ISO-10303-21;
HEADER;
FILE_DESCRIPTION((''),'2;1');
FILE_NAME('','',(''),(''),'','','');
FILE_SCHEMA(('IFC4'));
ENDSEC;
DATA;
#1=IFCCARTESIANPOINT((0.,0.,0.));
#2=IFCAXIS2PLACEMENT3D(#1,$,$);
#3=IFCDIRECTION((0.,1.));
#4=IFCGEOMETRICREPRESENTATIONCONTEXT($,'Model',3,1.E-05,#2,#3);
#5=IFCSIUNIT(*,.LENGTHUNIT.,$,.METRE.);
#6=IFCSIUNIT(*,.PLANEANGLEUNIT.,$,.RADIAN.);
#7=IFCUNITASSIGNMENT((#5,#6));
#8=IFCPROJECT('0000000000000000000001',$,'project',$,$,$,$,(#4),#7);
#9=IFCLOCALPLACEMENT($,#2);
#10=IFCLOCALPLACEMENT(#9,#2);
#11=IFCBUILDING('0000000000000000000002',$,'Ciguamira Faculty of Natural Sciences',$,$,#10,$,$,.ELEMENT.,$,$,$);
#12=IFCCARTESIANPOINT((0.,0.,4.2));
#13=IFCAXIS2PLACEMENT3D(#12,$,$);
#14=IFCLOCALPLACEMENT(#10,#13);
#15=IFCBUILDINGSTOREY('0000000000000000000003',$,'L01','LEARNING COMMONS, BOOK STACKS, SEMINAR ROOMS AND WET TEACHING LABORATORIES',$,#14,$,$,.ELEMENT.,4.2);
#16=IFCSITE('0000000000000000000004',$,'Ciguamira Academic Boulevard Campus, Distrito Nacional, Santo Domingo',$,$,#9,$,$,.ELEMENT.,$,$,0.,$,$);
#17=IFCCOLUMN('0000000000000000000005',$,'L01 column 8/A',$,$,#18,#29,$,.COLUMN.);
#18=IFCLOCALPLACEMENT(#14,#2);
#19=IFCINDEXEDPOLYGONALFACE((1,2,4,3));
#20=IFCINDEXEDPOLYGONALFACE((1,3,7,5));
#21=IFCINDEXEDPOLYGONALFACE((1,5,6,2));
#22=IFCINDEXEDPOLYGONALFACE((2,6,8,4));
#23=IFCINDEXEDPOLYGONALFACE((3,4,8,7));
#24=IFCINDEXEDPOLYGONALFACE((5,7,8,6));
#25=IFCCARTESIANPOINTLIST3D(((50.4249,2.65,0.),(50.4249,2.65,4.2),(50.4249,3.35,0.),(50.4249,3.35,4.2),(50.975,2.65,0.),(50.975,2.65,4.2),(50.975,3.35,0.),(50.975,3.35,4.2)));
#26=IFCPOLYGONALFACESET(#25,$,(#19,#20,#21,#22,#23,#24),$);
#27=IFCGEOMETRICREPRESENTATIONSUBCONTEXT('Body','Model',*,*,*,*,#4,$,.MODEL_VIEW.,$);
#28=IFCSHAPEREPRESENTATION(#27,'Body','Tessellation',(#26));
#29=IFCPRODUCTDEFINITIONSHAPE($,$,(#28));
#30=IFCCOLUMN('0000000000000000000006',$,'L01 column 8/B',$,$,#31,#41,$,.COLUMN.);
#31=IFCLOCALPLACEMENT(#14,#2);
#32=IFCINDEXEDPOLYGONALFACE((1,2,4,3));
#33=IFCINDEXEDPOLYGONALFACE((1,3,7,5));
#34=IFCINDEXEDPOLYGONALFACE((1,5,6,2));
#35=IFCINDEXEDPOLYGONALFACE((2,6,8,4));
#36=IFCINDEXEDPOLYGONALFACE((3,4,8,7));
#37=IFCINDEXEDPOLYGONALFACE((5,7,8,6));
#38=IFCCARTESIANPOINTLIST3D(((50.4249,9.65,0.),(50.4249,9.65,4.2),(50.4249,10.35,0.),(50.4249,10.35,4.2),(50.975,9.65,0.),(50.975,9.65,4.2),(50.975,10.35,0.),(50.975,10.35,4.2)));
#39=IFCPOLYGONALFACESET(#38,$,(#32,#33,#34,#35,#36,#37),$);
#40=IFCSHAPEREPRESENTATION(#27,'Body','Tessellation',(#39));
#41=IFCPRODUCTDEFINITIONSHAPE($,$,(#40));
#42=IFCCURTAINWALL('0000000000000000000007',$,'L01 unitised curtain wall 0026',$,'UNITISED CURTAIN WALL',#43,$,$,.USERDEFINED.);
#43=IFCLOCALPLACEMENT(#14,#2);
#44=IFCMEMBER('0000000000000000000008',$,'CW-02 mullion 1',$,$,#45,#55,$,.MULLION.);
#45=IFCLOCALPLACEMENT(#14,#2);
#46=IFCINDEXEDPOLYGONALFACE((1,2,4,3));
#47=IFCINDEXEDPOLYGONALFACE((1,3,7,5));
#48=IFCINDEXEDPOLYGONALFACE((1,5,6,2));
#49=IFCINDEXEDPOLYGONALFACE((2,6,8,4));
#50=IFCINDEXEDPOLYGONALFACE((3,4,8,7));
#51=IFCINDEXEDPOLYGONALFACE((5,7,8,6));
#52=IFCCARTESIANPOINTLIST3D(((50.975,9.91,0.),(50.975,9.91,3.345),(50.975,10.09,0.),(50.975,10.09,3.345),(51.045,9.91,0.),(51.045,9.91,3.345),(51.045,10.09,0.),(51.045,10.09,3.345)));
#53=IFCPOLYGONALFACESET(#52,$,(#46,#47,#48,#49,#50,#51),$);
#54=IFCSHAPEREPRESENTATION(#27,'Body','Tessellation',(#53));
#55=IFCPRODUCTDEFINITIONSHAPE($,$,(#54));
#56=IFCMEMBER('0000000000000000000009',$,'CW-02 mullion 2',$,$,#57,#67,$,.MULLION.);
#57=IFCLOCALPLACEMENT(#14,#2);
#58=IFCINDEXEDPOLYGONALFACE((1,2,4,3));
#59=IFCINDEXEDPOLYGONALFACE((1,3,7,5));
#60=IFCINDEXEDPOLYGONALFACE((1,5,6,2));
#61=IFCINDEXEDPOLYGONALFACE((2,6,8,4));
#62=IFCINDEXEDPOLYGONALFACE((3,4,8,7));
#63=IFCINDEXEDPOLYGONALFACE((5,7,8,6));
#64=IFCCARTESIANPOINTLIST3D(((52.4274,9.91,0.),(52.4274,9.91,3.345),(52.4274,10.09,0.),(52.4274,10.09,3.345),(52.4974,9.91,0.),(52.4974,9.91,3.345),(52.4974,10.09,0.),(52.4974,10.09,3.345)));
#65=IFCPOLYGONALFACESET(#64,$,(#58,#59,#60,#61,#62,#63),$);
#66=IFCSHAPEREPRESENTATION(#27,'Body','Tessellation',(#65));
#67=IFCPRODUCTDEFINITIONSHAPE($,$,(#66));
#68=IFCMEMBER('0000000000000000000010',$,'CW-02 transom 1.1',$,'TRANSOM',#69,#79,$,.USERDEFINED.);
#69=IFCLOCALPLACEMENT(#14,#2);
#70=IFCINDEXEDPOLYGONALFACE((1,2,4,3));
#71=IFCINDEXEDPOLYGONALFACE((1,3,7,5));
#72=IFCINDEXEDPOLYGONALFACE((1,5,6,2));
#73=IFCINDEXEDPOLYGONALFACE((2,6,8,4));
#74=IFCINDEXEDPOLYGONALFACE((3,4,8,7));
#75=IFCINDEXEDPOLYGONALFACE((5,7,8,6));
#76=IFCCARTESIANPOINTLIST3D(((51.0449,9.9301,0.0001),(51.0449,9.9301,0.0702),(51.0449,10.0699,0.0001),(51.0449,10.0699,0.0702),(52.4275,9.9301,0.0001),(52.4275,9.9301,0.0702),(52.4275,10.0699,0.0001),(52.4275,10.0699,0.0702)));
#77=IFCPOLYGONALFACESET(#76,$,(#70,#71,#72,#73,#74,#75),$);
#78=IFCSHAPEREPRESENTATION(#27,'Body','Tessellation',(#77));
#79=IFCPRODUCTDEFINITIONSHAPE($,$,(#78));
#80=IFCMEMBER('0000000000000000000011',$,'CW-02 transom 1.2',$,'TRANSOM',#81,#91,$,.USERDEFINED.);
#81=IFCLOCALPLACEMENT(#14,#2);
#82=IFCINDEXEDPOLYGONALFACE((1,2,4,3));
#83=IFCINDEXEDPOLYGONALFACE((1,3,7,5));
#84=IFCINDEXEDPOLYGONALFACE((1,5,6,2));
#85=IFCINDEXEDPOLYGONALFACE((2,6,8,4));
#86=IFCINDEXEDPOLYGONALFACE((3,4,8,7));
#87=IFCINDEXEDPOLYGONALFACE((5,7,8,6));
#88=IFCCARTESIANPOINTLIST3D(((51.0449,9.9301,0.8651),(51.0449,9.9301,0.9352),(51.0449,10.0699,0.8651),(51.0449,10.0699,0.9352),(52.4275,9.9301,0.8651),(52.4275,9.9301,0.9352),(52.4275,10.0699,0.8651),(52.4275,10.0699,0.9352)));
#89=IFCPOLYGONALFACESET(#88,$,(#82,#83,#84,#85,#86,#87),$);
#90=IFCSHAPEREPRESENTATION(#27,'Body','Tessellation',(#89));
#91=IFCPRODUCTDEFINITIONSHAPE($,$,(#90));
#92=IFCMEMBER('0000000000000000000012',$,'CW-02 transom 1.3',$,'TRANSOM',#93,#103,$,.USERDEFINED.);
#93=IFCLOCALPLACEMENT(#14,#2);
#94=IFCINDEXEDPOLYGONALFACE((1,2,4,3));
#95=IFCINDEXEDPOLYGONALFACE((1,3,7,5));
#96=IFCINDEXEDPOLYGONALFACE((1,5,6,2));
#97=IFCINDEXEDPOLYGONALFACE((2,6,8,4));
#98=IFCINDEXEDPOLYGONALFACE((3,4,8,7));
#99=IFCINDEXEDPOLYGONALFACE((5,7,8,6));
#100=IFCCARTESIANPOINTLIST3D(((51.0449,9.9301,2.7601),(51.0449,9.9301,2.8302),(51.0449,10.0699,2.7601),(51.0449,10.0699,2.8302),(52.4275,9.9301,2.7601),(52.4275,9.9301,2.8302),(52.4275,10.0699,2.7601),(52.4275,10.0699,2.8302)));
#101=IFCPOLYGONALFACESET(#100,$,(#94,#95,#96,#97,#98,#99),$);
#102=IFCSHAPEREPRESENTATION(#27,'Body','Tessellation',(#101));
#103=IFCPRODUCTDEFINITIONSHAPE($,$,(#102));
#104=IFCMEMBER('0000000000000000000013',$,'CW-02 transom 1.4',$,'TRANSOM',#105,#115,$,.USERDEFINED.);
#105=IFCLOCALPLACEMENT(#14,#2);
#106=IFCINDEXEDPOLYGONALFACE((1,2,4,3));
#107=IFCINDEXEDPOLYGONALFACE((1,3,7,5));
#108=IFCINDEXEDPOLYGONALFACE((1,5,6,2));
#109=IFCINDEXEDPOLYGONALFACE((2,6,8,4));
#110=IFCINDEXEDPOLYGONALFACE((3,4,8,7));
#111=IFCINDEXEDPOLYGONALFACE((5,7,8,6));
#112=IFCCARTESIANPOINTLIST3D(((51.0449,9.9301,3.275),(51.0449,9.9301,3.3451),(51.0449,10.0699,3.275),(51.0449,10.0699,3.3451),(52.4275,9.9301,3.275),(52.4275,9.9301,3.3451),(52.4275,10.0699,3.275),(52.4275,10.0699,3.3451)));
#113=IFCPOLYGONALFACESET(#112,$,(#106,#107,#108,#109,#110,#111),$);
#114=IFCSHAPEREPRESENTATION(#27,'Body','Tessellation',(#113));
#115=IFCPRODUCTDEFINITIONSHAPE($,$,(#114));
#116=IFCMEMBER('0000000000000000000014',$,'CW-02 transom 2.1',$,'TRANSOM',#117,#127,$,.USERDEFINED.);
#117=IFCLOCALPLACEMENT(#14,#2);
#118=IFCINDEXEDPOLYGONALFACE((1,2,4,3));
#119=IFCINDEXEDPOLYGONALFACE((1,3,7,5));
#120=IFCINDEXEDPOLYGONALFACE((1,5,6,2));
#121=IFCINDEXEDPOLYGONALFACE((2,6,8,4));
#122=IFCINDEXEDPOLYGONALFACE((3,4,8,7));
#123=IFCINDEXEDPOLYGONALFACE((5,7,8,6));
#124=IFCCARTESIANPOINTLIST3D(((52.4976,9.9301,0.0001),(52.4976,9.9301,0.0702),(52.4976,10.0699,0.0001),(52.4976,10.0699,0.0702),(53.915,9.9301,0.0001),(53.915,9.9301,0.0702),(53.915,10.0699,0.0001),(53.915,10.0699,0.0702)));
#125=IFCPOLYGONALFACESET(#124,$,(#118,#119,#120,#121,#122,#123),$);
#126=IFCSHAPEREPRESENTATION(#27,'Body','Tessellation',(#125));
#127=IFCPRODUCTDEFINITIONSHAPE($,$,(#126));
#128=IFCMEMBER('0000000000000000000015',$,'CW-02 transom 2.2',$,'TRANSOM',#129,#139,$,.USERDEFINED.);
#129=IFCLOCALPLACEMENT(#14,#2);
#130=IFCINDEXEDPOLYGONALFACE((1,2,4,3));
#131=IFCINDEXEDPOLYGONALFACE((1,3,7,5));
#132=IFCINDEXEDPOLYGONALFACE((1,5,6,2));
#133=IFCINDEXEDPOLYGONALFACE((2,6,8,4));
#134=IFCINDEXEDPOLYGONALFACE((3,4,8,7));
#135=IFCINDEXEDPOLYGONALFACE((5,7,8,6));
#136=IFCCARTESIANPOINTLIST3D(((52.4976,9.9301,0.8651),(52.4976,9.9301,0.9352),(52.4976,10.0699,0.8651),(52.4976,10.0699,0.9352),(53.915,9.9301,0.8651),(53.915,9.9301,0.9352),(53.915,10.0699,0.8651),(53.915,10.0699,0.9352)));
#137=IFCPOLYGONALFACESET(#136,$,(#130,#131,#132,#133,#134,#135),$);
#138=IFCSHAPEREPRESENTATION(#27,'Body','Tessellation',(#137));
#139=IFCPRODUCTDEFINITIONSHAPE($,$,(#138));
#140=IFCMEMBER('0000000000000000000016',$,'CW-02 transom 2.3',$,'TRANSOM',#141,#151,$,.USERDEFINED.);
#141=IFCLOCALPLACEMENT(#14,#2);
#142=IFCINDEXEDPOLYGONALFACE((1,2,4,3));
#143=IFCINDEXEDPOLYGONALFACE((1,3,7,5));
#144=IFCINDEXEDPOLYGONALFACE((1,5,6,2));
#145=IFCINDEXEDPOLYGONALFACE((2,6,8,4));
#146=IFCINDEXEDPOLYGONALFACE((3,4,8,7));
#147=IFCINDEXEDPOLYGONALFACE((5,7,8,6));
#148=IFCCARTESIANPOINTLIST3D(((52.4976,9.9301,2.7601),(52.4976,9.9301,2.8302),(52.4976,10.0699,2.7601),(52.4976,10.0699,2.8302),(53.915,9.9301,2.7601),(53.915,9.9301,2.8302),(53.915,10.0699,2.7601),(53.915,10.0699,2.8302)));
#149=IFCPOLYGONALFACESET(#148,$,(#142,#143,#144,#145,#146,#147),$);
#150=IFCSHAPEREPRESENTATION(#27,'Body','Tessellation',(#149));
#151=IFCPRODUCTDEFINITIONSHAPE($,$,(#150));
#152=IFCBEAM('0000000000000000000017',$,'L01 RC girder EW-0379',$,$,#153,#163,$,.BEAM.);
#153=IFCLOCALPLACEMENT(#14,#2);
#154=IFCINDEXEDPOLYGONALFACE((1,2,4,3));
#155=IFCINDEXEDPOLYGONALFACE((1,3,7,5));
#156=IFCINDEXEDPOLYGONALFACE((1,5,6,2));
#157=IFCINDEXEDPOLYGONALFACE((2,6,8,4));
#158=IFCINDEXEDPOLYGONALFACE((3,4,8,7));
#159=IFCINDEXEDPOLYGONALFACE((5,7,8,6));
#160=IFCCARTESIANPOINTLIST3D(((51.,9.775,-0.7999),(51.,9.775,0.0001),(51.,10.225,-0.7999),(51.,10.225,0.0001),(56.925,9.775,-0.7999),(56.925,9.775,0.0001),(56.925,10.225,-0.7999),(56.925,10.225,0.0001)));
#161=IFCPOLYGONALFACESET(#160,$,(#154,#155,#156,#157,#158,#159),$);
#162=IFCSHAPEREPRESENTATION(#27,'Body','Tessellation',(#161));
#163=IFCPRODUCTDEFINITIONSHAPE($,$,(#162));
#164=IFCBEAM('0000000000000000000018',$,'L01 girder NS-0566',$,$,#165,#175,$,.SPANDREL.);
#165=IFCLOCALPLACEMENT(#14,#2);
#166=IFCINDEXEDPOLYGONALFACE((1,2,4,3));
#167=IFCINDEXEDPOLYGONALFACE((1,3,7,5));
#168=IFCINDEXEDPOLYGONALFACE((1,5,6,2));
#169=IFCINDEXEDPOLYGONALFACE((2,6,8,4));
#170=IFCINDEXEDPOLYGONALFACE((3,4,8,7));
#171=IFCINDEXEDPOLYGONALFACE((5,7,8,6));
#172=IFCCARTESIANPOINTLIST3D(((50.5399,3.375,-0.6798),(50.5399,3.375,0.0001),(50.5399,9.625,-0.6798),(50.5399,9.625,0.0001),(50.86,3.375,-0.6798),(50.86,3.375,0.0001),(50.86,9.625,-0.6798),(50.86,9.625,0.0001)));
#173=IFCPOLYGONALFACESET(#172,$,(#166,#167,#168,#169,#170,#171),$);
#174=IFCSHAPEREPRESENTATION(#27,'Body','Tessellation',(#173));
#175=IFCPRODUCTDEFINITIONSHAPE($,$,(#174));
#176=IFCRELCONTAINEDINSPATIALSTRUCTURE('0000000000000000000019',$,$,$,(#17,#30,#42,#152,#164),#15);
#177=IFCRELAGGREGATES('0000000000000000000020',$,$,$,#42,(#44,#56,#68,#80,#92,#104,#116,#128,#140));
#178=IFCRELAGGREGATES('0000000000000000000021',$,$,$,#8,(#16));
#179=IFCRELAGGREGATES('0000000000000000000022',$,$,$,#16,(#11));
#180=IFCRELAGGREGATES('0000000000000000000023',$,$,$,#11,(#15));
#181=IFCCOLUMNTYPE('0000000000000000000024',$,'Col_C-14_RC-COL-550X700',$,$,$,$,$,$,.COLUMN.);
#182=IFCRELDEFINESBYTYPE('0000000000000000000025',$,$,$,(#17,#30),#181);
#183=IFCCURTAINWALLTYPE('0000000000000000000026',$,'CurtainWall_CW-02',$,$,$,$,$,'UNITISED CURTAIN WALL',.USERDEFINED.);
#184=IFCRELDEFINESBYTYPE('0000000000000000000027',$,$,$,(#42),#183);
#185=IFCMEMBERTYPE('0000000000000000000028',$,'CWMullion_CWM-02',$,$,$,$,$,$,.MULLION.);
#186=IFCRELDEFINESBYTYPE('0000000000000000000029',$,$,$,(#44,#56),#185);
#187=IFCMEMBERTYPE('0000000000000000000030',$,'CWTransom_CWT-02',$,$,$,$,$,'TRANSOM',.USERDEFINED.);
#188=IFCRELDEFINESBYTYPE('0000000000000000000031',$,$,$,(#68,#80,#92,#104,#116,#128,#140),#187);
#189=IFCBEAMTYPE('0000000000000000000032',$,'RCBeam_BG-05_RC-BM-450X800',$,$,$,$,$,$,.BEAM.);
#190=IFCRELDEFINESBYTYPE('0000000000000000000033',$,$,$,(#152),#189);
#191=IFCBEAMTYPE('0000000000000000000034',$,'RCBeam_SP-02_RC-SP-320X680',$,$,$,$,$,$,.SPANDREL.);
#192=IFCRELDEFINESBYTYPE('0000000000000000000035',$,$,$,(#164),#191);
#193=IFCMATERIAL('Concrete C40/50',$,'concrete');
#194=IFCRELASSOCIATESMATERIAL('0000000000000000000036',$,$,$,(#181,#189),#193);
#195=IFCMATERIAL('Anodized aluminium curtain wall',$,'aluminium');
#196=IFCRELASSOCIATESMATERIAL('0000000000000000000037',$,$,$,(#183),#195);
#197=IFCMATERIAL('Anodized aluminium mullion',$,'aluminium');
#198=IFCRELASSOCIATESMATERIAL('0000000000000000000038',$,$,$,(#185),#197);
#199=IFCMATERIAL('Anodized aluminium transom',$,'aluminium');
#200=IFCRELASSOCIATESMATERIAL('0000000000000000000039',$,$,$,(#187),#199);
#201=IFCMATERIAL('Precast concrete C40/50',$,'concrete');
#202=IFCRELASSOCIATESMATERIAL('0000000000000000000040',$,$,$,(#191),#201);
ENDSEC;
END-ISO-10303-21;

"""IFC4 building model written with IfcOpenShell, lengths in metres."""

from ifc_helpers import new_model, si_unit, direction, frame, origin, origin_2d, place, context, subcontext, project, spatial, rectangle, extrude, material, material_profile, profile_set, type_object, element, aggregate, save


model = new_model("IFC4")

# Units and contexts
model_context = context("Model", 3, precision=1e-05, world=origin(), true_north=direction((0.0, 1.0)))
body_context = subcontext(model_context, "Body", "Model", "MODEL_VIEW")
ifc_project = project(units=[si_unit("LENGTHUNIT", "METRE"), si_unit("PLANEANGLEUNIT", "RADIAN")], contexts=[model_context])

# Site, building, storey
site_placement = place(None, origin())
site = spatial("IfcSite", under=ifc_project, at=site_placement, Name="Ciguamira Academic Boulevard Campus, Distrito Nacional, Santo Domingo", CompositionType="ELEMENT", RefElevation=0.0)
building_placement = place(site_placement, origin())
building = spatial("IfcBuilding", under=site, at=building_placement, Name="Ciguamira Faculty of Natural Sciences", CompositionType="ELEMENT")
storey_placement = place(building_placement, frame((0.0, 0.0, 4.2)))
storey = spatial("IfcBuildingStorey", under=building, at=storey_placement, Name="L01", Description="LEARNING COMMONS, BOOK STACKS, SEMINAR ROOMS AND WET TEACHING LABORATORIES", CompositionType="ELEMENT", Elevation=4.2)

# Columns
ifc_material_1 = material(Name="Concrete C40/50", Category="concrete")
ifc_material_profile_1 = material_profile(ifc_material_1, rectangle(XDim=0.55, YDim=0.7, at=origin_2d()), Name="RC-COL-550X700")
ifc_profile_set_1 = profile_set([ifc_material_profile_1], Name="Concrete C40/50")
column_type = type_object("IfcColumnType", Name="Col_C-14_RC-COL-550X700", PredefinedType="COLUMN", material=ifc_profile_set_1)
for number, where, z_axis, x_axis, name in (
    (1, (50.7, 3.0, 0.0), (0.0, 0.0, 1.0), (1.0, 0.0, 0.0), "L01 column 8/A"),
    (2, (50.7, 10.0, 0.0), (0.0, 0.0, 1.0), (1.0, 0.0, 0.0), "L01 column 8/B"),
):
    element("IfcColumn", number, at=place(storey_placement, frame(where, z_axis=z_axis, x_axis=x_axis)), inside=storey, type_object=column_type, Name=name, PredefinedType="COLUMN", context=body_context, shape_type="SweptSolid", body=[
        extrude(rectangle(XDim=0.55, YDim=0.7, at=origin_2d()), origin(), (0.0, 0.0, 1.0), 4.2),
    ])

# Curtain wall, members
ifc_material_2 = material(Name="Anodized aluminium curtain wall", Category="aluminium")
curtain_wall_type = type_object("IfcCurtainWallType", Name="CurtainWall_CW-02", ElementType="UNITISED CURTAIN WALL", PredefinedType="USERDEFINED", material=ifc_material_2)
curtain_wall_placement = place(storey_placement, origin())
curtain_wall = element("IfcCurtainWall", 3, at=curtain_wall_placement, inside=storey, type_object=curtain_wall_type, Name="L01 unitised curtain wall 0026", ObjectType="UNITISED CURTAIN WALL", PredefinedType="USERDEFINED")
ifc_material_3 = material(Name="Anodized aluminium mullion", Category="aluminium")
ifc_material_profile_2 = material_profile(ifc_material_3, rectangle(XDim=0.0701, YDim=0.1799, at=origin_2d()), Name="ALU-MUL-70X180")
ifc_profile_set_2 = profile_set([ifc_material_profile_2], Name="Anodized aluminium mullion")
member_type_1 = type_object("IfcMemberType", Name="CWMullion_CWM-02", PredefinedType="MULLION", material=ifc_profile_set_2)
member_1_placement = place(storey_placement, frame((51.01, 10.0, 0.0), z_axis=(0.0, 0.0, 1.0), x_axis=(1.0, 0.0, 0.0)))
member_1 = element("IfcMember", 4, at=member_1_placement, type_object=member_type_1, Name="CW-02 mullion 1", PredefinedType="MULLION", context=body_context, shape_type="SweptSolid", body=[
    extrude(rectangle(XDim=0.0701, YDim=0.1799, at=origin_2d()), origin(), (0.0, 0.0, 1.0), 3.345),
])
member_2_placement = place(storey_placement, frame((52.4624, 10.0, 0.0), z_axis=(0.0, 0.0, 1.0), x_axis=(1.0, 0.0, 0.0)))
member_2 = element("IfcMember", 5, at=member_2_placement, type_object=member_type_1, Name="CW-02 mullion 2", PredefinedType="MULLION", context=body_context, shape_type="SweptSolid", body=[
    extrude(rectangle(XDim=0.0701, YDim=0.1799, at=origin_2d()), origin(), (0.0, 0.0, 1.0), 3.345),
])
ifc_material_4 = material(Name="Anodized aluminium transom", Category="aluminium")
ifc_material_profile_3 = material_profile(ifc_material_4, rectangle(XDim=0.0701, YDim=0.1399, at=origin_2d()), Name="ALU-TRN-70X140")
ifc_profile_set_3 = profile_set([ifc_material_profile_3], Name="Anodized aluminium transom")
member_type_2 = type_object("IfcMemberType", Name="CWTransom_CWT-02", ElementType="TRANSOM", PredefinedType="USERDEFINED", material=ifc_profile_set_3)
member_3_placement = place(storey_placement, frame((51.0449, 10.0, 0.0352), z_axis=(1.0, 0.0, 0.0), x_axis=(0.0, 0.0, 1.0)))
member_3 = element("IfcMember", 6, at=member_3_placement, type_object=member_type_2, Name="CW-02 transom 1.1", ObjectType="TRANSOM", PredefinedType="USERDEFINED", context=body_context, shape_type="SweptSolid", body=[
    extrude(rectangle(XDim=0.0701, YDim=0.1399, at=origin_2d()), origin(), (0.0, 0.0, 1.0), 1.3826),
])
member_4_placement = place(storey_placement, frame((51.0449, 10.0, 0.9001), z_axis=(1.0, 0.0, 0.0), x_axis=(0.0, 0.0, 1.0)))
member_4 = element("IfcMember", 7, at=member_4_placement, type_object=member_type_2, Name="CW-02 transom 1.2", ObjectType="TRANSOM", PredefinedType="USERDEFINED", context=body_context, shape_type="SweptSolid", body=[
    extrude(rectangle(XDim=0.0701, YDim=0.1399, at=origin_2d()), origin(), (0.0, 0.0, 1.0), 1.3826),
])
member_5_placement = place(storey_placement, frame((51.0449, 10.0, 2.7952), z_axis=(1.0, 0.0, 0.0), x_axis=(0.0, 0.0, 1.0)))
member_5 = element("IfcMember", 8, at=member_5_placement, type_object=member_type_2, Name="CW-02 transom 1.3", ObjectType="TRANSOM", PredefinedType="USERDEFINED", context=body_context, shape_type="SweptSolid", body=[
    extrude(rectangle(XDim=0.0701, YDim=0.1399, at=origin_2d()), origin(), (0.0, 0.0, 1.0), 1.3826),
])
member_6_placement = place(storey_placement, frame((51.0449, 10.0, 3.3101), z_axis=(1.0, 0.0, 0.0), x_axis=(0.0, 0.0, 1.0)))
member_6 = element("IfcMember", 9, at=member_6_placement, type_object=member_type_2, Name="CW-02 transom 1.4", ObjectType="TRANSOM", PredefinedType="USERDEFINED", context=body_context, shape_type="SweptSolid", body=[
    extrude(rectangle(XDim=0.0701, YDim=0.1399, at=origin_2d()), origin(), (0.0, 0.0, 1.0), 1.3826),
])
member_7_placement = place(storey_placement, frame((52.4976, 10.0, 0.0352), z_axis=(1.0, 0.0, 0.0), x_axis=(0.0, 0.0, 1.0)))
member_7 = element("IfcMember", 10, at=member_7_placement, type_object=member_type_2, Name="CW-02 transom 2.1", ObjectType="TRANSOM", PredefinedType="USERDEFINED", context=body_context, shape_type="SweptSolid", body=[
    extrude(rectangle(XDim=0.0701, YDim=0.1399, at=origin_2d()), origin(), (0.0, 0.0, 1.0), 1.4175),
])
member_8_placement = place(storey_placement, frame((52.4976, 10.0, 0.9001), z_axis=(1.0, 0.0, 0.0), x_axis=(0.0, 0.0, 1.0)))
member_8 = element("IfcMember", 11, at=member_8_placement, type_object=member_type_2, Name="CW-02 transom 2.2", ObjectType="TRANSOM", PredefinedType="USERDEFINED", context=body_context, shape_type="SweptSolid", body=[
    extrude(rectangle(XDim=0.0701, YDim=0.1399, at=origin_2d()), origin(), (0.0, 0.0, 1.0), 1.4175),
])
member_9_placement = place(storey_placement, frame((52.4976, 10.0, 2.7952), z_axis=(1.0, 0.0, 0.0), x_axis=(0.0, 0.0, 1.0)))
member_9 = element("IfcMember", 12, at=member_9_placement, type_object=member_type_2, Name="CW-02 transom 2.3", ObjectType="TRANSOM", PredefinedType="USERDEFINED", context=body_context, shape_type="SweptSolid", body=[
    extrude(rectangle(XDim=0.0701, YDim=0.1399, at=origin_2d()), origin(), (0.0, 0.0, 1.0), 1.4175),
])

# Beams
ifc_material_profile_4 = material_profile(ifc_material_1, rectangle(XDim=0.45, YDim=0.8, at=origin_2d()), Name="RC-BM-450X800")
ifc_profile_set_4 = profile_set([ifc_material_profile_4], Name="Concrete C40/50")
beam_type_1 = type_object("IfcBeamType", Name="RCBeam_BG-05_RC-BM-450X800", PredefinedType="BEAM", material=ifc_profile_set_4)
beam_1_placement = place(storey_placement, frame((51.0, 10.0, -0.3999), z_axis=(1.0, 0.0, 0.0), x_axis=(0.0, 1.0, 0.0)))
element("IfcBeam", 13, at=beam_1_placement, inside=storey, type_object=beam_type_1, Name="L01 RC girder EW-0379", PredefinedType="BEAM", context=body_context, shape_type="SweptSolid", body=[
    extrude(rectangle(XDim=0.45, YDim=0.8, at=origin_2d()), origin(), (0.0, 0.0, 1.0), 5.925),
])
ifc_material_5 = material(Name="Precast concrete C40/50", Category="concrete")
ifc_material_profile_5 = material_profile(ifc_material_5, rectangle(XDim=0.3201, YDim=0.6799, at=origin_2d()), Name="RC-SP-320X680")
ifc_profile_set_5 = profile_set([ifc_material_profile_5], Name="Precast concrete C40/50")
beam_type_2 = type_object("IfcBeamType", Name="RCBeam_SP-02_RC-SP-320X680", PredefinedType="SPANDREL", material=ifc_profile_set_5)
beam_2_placement = place(storey_placement, frame((50.7, 3.375, -0.3398), z_axis=(0.0, 1.0, 0.0), x_axis=(-1.0, 0.0, 0.0)))
element("IfcBeam", 14, at=beam_2_placement, inside=storey, type_object=beam_type_2, Name="L01 girder NS-0566", PredefinedType="SPANDREL", context=body_context, shape_type="SweptSolid", body=[
    extrude(rectangle(XDim=0.3201, YDim=0.6799, at=origin_2d()), origin(), (0.0, 0.0, 1.0), 6.25),
])

aggregate(curtain_wall, [member_1, member_2, member_3, member_4, member_5, member_6, member_7, member_8, member_9])

save(model, "model.ifc")
